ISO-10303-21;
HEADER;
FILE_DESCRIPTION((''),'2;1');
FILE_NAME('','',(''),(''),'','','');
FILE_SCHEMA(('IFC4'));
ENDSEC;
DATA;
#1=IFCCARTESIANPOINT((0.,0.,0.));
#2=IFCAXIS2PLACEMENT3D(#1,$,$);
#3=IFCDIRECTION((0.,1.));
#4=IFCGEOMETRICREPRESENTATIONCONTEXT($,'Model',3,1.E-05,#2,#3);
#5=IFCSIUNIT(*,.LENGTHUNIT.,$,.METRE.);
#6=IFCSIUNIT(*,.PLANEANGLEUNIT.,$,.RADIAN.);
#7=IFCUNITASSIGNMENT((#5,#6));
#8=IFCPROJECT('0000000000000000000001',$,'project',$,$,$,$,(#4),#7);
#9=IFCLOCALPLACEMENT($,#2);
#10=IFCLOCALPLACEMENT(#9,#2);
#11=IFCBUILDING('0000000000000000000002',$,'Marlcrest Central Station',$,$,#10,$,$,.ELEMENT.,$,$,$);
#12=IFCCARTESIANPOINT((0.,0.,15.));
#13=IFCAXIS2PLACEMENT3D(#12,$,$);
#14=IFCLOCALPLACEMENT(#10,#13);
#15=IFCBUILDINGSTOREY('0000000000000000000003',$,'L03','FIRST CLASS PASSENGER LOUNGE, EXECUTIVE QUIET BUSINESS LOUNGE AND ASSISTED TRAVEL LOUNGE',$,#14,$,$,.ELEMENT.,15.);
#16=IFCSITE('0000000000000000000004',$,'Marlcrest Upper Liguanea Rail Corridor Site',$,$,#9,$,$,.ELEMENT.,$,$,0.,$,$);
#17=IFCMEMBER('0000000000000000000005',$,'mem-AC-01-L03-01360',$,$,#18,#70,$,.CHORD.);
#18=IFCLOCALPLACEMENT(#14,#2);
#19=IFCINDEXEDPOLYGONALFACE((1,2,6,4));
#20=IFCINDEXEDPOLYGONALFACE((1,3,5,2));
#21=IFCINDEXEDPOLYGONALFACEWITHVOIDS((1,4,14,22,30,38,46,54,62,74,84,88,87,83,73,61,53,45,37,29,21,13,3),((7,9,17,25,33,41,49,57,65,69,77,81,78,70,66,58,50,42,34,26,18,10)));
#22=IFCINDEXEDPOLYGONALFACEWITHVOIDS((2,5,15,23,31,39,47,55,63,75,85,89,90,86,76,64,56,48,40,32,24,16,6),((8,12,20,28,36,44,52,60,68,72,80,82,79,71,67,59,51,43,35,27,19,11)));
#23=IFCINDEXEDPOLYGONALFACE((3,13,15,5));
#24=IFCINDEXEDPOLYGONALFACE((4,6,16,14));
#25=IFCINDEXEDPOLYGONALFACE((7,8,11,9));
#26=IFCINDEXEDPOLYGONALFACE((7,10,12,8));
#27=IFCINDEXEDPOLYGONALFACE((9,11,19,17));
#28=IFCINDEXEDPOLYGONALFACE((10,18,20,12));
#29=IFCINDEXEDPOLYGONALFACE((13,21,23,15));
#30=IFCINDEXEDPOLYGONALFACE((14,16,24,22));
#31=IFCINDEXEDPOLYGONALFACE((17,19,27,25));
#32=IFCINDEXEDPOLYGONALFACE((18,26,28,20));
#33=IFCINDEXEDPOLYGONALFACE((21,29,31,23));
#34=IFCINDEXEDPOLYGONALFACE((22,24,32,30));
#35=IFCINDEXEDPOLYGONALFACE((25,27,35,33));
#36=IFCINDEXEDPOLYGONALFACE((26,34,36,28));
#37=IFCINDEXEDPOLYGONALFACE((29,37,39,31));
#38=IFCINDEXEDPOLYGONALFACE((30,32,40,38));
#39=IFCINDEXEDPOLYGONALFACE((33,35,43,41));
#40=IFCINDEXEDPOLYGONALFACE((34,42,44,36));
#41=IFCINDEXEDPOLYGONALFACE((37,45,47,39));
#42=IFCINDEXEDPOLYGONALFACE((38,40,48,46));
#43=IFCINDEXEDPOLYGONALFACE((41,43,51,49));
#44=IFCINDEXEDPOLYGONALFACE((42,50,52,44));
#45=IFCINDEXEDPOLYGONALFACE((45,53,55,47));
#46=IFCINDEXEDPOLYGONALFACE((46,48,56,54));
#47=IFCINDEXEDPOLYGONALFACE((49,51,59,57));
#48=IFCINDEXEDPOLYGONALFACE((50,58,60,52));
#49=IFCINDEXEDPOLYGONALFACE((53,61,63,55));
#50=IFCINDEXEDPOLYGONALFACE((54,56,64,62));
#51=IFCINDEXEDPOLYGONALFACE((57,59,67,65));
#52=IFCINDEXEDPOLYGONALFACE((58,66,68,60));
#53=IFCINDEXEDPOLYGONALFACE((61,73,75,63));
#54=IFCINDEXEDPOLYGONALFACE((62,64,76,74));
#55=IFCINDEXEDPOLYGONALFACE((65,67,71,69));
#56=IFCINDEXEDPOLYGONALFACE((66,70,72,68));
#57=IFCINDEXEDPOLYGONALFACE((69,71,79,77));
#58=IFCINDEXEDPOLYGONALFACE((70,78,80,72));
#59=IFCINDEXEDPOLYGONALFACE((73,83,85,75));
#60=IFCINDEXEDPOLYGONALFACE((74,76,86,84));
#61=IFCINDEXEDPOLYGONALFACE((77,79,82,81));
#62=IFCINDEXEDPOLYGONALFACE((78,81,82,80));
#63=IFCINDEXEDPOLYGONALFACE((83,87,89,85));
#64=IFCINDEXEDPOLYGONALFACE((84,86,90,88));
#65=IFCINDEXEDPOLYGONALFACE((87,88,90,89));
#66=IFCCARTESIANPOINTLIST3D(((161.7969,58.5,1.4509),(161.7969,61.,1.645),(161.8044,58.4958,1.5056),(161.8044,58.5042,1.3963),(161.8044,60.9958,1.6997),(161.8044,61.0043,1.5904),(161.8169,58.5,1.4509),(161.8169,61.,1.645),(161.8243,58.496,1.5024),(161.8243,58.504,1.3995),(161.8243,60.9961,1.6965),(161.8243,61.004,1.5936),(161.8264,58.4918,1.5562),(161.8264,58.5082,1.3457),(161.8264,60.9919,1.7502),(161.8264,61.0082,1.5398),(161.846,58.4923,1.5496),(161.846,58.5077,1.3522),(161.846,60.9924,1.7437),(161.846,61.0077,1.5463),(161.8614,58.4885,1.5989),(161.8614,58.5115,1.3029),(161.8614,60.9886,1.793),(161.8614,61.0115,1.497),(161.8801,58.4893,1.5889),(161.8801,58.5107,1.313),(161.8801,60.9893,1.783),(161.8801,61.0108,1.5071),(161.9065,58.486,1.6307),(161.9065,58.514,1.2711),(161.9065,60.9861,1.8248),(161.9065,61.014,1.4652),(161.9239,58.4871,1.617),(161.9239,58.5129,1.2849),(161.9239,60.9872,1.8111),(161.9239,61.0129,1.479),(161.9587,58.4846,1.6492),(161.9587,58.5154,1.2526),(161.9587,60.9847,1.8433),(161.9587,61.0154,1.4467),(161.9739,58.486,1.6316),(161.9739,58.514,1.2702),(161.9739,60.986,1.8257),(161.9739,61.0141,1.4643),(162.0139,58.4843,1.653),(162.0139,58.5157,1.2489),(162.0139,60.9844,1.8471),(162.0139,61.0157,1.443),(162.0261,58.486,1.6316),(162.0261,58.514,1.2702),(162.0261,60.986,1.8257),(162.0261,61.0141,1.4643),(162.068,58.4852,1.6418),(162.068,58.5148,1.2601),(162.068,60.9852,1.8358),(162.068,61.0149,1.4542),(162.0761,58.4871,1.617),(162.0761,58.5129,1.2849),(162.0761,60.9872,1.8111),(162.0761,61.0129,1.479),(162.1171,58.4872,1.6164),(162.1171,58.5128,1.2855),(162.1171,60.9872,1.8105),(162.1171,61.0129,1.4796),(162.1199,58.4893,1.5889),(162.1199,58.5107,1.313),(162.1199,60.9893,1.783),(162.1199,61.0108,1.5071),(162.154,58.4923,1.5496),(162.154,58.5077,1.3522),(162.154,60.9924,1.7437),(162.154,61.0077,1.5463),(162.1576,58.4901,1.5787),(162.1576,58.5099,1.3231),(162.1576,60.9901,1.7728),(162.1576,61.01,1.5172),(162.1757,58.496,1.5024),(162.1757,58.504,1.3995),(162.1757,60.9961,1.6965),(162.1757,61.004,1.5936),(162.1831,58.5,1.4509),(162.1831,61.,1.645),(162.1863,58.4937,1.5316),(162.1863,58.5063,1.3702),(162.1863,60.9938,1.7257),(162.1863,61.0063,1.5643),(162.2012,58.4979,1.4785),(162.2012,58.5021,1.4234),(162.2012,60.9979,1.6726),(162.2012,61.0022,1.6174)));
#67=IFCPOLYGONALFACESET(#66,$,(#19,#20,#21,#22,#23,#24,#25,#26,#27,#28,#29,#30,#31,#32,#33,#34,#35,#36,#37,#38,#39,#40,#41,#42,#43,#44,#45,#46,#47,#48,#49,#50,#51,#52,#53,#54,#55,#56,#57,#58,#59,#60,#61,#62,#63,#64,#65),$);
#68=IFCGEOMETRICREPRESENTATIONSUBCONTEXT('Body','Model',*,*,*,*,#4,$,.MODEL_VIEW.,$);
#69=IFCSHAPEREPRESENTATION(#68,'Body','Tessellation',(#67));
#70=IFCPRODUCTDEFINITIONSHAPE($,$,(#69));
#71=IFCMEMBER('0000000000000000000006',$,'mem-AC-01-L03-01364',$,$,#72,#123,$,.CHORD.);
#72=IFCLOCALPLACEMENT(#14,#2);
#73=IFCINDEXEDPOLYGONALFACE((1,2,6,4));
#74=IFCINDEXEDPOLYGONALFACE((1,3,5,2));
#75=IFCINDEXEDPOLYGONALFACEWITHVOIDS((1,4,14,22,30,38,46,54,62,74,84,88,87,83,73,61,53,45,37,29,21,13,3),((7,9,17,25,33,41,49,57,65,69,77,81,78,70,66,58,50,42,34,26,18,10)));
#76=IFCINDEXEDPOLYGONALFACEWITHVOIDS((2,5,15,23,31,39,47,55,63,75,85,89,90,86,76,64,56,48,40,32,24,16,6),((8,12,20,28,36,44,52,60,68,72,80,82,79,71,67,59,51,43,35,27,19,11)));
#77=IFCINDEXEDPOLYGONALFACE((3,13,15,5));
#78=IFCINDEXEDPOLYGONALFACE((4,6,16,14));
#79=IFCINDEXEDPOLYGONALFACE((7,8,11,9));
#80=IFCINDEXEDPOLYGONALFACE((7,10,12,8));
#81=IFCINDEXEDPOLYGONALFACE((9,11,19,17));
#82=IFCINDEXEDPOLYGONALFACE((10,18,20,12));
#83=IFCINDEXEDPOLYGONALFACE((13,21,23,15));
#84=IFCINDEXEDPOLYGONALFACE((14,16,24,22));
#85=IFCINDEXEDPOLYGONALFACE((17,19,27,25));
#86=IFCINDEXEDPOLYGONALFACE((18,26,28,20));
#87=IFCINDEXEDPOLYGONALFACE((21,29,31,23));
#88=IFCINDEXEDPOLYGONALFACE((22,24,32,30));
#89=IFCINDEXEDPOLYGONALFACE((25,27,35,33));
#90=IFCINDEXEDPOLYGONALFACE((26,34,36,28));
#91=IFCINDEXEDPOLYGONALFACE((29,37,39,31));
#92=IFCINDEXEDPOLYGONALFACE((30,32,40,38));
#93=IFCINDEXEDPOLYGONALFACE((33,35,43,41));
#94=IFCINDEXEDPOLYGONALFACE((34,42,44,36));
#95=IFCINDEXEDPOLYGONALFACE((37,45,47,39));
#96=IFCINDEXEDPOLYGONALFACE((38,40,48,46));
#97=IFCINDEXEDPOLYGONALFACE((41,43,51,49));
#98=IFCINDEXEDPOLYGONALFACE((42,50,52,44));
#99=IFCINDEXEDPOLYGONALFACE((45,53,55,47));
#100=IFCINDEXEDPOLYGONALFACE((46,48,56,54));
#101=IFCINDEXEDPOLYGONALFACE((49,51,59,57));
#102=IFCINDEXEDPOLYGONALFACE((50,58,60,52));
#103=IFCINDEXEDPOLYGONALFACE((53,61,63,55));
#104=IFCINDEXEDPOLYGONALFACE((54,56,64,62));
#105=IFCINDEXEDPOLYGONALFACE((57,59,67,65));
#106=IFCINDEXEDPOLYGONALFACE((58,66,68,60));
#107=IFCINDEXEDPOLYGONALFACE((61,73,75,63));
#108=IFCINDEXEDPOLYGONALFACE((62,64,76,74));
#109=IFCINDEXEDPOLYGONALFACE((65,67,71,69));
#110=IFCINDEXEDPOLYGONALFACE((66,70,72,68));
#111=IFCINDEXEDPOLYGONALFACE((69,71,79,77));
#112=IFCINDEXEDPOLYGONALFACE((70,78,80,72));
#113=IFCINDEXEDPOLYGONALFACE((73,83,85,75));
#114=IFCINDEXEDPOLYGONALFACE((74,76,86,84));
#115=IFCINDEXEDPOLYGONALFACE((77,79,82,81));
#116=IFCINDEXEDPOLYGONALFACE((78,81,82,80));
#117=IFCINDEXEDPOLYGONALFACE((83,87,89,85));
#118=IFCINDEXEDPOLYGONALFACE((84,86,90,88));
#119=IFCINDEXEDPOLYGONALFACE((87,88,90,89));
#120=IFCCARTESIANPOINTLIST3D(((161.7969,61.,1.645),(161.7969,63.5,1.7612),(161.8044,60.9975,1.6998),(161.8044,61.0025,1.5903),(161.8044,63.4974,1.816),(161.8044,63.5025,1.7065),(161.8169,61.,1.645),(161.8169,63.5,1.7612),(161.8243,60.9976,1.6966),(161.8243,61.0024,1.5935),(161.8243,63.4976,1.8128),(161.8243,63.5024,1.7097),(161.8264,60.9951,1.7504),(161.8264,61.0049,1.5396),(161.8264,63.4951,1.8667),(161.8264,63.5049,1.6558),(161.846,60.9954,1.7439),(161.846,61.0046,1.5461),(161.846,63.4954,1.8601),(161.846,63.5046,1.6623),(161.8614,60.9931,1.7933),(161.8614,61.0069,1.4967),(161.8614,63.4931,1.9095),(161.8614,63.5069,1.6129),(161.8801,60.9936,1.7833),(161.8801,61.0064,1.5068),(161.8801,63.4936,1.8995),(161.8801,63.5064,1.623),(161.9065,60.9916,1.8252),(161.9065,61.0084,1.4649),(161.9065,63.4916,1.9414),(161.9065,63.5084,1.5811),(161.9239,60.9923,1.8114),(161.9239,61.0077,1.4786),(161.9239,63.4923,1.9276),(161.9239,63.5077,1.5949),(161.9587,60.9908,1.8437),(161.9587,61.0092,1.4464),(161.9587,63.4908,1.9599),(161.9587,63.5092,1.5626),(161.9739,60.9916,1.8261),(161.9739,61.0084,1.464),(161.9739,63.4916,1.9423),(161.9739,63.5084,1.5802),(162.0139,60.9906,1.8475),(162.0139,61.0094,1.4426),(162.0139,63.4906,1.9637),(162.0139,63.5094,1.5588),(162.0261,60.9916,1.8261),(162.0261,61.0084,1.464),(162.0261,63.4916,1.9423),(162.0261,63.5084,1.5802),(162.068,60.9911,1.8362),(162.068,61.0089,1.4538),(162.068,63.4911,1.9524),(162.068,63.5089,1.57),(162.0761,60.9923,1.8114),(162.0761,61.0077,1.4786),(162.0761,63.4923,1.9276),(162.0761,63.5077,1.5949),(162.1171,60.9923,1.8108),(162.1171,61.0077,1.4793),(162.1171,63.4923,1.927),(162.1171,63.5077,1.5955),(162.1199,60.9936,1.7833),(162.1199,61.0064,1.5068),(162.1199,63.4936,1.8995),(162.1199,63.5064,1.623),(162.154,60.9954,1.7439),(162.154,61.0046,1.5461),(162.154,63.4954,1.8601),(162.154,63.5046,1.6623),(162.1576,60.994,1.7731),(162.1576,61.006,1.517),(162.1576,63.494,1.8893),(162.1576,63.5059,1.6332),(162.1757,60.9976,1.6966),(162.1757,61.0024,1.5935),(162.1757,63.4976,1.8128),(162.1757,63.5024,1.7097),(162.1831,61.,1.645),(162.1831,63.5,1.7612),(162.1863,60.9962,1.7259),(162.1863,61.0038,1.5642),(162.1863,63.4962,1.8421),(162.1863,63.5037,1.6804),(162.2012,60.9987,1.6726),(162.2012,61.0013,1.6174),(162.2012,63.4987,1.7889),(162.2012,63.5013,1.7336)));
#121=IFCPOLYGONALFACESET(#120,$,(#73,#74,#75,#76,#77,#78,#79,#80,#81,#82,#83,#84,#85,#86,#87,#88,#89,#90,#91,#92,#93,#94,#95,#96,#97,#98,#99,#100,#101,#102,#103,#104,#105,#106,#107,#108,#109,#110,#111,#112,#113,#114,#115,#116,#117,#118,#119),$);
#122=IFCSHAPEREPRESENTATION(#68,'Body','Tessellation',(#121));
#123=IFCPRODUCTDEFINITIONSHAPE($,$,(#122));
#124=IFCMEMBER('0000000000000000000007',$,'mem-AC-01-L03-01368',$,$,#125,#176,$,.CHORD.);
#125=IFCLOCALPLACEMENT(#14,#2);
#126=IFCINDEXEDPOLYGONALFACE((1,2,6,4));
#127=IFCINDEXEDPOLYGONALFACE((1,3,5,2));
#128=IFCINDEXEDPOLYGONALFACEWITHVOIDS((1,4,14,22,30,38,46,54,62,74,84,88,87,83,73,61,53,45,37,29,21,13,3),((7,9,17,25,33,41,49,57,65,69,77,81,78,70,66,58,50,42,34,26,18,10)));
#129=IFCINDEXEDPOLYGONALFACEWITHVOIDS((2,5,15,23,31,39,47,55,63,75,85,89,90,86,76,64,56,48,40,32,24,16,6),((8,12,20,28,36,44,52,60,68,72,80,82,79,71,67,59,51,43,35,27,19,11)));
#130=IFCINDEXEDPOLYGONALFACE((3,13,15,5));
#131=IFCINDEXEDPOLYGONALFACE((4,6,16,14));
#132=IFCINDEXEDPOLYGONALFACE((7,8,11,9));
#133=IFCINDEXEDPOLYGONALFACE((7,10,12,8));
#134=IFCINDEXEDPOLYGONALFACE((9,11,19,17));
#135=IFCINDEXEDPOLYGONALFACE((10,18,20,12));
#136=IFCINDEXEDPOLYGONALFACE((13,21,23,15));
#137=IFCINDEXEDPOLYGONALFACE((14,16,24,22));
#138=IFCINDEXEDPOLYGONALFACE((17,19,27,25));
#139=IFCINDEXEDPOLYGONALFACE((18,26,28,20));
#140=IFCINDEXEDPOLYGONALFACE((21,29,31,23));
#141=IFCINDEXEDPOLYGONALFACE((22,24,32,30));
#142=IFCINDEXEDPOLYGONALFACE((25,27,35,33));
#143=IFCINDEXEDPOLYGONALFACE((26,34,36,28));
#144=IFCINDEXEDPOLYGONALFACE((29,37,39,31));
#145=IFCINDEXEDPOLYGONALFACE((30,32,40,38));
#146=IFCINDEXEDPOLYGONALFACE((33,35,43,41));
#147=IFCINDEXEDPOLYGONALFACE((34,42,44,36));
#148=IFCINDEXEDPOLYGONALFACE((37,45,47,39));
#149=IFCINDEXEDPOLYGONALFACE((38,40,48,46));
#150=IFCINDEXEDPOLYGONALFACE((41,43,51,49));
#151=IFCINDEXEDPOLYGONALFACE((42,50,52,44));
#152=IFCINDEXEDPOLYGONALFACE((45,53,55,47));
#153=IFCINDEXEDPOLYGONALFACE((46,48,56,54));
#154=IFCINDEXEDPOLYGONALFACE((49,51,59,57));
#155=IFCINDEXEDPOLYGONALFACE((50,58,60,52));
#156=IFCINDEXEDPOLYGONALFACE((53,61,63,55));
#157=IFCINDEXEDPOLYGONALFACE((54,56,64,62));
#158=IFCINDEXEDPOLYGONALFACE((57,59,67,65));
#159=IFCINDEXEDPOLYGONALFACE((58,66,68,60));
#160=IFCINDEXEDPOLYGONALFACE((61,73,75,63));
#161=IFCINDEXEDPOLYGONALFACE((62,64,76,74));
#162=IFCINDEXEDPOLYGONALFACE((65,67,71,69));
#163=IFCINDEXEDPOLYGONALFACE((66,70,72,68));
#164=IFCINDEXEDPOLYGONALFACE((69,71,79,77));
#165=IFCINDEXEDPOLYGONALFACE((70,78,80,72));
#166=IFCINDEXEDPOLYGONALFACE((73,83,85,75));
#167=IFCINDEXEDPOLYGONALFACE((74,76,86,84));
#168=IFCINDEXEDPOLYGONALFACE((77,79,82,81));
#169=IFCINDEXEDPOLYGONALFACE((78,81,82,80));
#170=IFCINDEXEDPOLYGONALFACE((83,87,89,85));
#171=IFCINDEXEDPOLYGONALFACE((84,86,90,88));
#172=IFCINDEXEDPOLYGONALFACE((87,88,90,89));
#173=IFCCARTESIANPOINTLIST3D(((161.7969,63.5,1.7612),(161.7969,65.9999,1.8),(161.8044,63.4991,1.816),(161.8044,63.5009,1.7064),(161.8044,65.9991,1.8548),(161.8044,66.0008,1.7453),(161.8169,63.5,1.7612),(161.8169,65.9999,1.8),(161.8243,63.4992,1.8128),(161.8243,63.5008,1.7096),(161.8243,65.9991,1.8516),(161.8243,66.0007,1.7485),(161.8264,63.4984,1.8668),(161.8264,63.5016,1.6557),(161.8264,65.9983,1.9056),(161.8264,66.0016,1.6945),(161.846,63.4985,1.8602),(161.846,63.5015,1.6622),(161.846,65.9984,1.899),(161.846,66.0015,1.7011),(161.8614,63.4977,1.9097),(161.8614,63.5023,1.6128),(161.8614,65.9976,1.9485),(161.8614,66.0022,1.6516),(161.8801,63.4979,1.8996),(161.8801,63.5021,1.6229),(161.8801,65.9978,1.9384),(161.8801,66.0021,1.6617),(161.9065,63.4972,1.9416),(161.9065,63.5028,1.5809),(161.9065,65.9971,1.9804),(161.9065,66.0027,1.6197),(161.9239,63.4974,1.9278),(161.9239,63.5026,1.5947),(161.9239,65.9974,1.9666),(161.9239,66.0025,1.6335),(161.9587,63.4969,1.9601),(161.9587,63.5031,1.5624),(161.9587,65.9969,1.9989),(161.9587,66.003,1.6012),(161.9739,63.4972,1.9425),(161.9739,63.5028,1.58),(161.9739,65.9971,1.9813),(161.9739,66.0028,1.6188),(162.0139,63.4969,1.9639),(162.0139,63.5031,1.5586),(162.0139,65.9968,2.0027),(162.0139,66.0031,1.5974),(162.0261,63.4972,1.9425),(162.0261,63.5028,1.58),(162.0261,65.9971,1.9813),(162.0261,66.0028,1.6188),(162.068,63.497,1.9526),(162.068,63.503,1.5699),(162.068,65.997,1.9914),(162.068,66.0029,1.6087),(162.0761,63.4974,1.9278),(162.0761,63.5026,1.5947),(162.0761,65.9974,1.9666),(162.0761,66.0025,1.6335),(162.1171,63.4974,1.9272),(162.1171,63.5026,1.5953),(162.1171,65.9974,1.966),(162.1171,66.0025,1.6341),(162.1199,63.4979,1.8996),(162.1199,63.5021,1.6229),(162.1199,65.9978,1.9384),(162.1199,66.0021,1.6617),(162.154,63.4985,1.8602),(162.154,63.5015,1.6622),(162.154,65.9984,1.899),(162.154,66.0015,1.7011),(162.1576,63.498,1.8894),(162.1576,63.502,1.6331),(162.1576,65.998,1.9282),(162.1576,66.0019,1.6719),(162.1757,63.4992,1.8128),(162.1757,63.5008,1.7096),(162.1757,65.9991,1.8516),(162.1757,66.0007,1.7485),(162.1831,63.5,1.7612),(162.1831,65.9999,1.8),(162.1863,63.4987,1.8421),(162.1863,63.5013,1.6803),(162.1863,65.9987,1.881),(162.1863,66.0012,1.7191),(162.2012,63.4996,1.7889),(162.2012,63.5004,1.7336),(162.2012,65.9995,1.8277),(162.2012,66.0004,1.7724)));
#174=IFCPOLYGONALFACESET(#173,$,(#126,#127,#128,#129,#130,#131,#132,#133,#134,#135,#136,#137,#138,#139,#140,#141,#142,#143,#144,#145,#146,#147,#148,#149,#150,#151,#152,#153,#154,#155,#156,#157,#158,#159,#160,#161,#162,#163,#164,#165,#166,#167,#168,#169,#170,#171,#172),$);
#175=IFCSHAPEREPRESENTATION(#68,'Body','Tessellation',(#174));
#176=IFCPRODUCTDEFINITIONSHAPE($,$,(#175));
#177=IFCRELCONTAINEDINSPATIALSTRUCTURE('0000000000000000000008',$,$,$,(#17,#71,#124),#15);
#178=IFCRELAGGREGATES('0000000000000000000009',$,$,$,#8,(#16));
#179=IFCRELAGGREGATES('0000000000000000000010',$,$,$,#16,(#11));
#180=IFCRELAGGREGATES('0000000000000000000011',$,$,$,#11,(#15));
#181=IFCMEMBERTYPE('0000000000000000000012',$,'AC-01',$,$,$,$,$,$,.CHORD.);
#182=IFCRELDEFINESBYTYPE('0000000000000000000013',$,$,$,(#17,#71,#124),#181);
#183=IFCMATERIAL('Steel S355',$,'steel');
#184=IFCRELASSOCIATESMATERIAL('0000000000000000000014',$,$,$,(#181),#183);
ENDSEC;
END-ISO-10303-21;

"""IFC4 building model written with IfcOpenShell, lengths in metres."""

from ifc_helpers import new_model, si_unit, direction, frame, origin, origin_2d, place, context, subcontext, project, spatial, hollow_circle, extrude, material, material_profile, profile_set, type_object, element, save


model = new_model("IFC4")

# Units and contexts
model_context = context("Model", 3, precision=1e-05, world=origin(), true_north=direction((0.0, 1.0)))
body_context = subcontext(model_context, "Body", "Model", "MODEL_VIEW")
ifc_project = project(units=[si_unit("LENGTHUNIT", "METRE"), si_unit("PLANEANGLEUNIT", "RADIAN")], contexts=[model_context])

# Site, building, storey
site_placement = place(None, origin())
site = spatial("IfcSite", under=ifc_project, at=site_placement, Name="Marlcrest Upper Liguanea Rail Corridor Site", CompositionType="ELEMENT", RefElevation=0.0)
building_placement = place(site_placement, origin())
building = spatial("IfcBuilding", under=site, at=building_placement, Name="Marlcrest Central Station", CompositionType="ELEMENT")
storey_placement = place(building_placement, frame((0.0, 0.0, 15.0)))
storey = spatial("IfcBuildingStorey", under=building, at=storey_placement, Name="L03", Description="FIRST CLASS PASSENGER LOUNGE, EXECUTIVE QUIET BUSINESS LOUNGE AND ASSISTED TRAVEL LOUNGE", CompositionType="ELEMENT", Elevation=15.0)

# Members
ifc_material_1 = material(Name="Steel S355", Category="steel")
ifc_material_profile_1 = material_profile(ifc_material_1, hollow_circle(Radius=0.2031, WallThickness=0.02, at=origin_2d()), Name="CHS 406.4x20")
ifc_profile_set_1 = profile_set([ifc_material_profile_1], Name="Steel S355")
member_type_1 = type_object("IfcMemberType", Name="AC-01", PredefinedType="CHORD", material=ifc_profile_set_1)
member_1_placement = place(storey_placement, frame((162.0, 58.5, 1.4509), z_axis=(0.0, 0.997, 0.077404), x_axis=(-1.0, 0.0, 0.0)))
element("IfcMember", 1, at=member_1_placement, inside=storey, type_object=member_type_1, Name="mem-AC-01-L03-01360", PredefinedType="CHORD", context=body_context, shape_type="SweptSolid", body=[
    extrude(hollow_circle(Radius=0.2031, WallThickness=0.02, at=origin_2d()), origin(), (0.0, 0.0, 1.0), 2.5076),
])
member_2_placement = place(storey_placement, frame((162.0, 61.0, 1.645), z_axis=(0.0, 0.998921, 0.046434), x_axis=(-1.0, 0.0, 0.0)))
element("IfcMember", 2, at=member_2_placement, inside=storey, type_object=member_type_1, Name="mem-AC-01-L03-01364", PredefinedType="CHORD", context=body_context, shape_type="SweptSolid", body=[
    extrude(hollow_circle(Radius=0.2031, WallThickness=0.02, at=origin_2d()), origin(), (0.0, 0.0, 1.0), 2.5027),
])
member_3_placement = place(storey_placement, frame((162.0, 63.5, 1.7612), z_axis=(0.0, 0.999879, 0.015525), x_axis=(-1.0, 0.0, 0.0)))
element("IfcMember", 3, at=member_3_placement, inside=storey, type_object=member_type_1, Name="mem-AC-01-L03-01368", PredefinedType="CHORD", context=body_context, shape_type="SweptSolid", body=[
    extrude(hollow_circle(Radius=0.2031, WallThickness=0.02, at=origin_2d()), origin(), (0.0, 0.0, 1.0), 2.5002),
])

save(model, "model.ifc")
